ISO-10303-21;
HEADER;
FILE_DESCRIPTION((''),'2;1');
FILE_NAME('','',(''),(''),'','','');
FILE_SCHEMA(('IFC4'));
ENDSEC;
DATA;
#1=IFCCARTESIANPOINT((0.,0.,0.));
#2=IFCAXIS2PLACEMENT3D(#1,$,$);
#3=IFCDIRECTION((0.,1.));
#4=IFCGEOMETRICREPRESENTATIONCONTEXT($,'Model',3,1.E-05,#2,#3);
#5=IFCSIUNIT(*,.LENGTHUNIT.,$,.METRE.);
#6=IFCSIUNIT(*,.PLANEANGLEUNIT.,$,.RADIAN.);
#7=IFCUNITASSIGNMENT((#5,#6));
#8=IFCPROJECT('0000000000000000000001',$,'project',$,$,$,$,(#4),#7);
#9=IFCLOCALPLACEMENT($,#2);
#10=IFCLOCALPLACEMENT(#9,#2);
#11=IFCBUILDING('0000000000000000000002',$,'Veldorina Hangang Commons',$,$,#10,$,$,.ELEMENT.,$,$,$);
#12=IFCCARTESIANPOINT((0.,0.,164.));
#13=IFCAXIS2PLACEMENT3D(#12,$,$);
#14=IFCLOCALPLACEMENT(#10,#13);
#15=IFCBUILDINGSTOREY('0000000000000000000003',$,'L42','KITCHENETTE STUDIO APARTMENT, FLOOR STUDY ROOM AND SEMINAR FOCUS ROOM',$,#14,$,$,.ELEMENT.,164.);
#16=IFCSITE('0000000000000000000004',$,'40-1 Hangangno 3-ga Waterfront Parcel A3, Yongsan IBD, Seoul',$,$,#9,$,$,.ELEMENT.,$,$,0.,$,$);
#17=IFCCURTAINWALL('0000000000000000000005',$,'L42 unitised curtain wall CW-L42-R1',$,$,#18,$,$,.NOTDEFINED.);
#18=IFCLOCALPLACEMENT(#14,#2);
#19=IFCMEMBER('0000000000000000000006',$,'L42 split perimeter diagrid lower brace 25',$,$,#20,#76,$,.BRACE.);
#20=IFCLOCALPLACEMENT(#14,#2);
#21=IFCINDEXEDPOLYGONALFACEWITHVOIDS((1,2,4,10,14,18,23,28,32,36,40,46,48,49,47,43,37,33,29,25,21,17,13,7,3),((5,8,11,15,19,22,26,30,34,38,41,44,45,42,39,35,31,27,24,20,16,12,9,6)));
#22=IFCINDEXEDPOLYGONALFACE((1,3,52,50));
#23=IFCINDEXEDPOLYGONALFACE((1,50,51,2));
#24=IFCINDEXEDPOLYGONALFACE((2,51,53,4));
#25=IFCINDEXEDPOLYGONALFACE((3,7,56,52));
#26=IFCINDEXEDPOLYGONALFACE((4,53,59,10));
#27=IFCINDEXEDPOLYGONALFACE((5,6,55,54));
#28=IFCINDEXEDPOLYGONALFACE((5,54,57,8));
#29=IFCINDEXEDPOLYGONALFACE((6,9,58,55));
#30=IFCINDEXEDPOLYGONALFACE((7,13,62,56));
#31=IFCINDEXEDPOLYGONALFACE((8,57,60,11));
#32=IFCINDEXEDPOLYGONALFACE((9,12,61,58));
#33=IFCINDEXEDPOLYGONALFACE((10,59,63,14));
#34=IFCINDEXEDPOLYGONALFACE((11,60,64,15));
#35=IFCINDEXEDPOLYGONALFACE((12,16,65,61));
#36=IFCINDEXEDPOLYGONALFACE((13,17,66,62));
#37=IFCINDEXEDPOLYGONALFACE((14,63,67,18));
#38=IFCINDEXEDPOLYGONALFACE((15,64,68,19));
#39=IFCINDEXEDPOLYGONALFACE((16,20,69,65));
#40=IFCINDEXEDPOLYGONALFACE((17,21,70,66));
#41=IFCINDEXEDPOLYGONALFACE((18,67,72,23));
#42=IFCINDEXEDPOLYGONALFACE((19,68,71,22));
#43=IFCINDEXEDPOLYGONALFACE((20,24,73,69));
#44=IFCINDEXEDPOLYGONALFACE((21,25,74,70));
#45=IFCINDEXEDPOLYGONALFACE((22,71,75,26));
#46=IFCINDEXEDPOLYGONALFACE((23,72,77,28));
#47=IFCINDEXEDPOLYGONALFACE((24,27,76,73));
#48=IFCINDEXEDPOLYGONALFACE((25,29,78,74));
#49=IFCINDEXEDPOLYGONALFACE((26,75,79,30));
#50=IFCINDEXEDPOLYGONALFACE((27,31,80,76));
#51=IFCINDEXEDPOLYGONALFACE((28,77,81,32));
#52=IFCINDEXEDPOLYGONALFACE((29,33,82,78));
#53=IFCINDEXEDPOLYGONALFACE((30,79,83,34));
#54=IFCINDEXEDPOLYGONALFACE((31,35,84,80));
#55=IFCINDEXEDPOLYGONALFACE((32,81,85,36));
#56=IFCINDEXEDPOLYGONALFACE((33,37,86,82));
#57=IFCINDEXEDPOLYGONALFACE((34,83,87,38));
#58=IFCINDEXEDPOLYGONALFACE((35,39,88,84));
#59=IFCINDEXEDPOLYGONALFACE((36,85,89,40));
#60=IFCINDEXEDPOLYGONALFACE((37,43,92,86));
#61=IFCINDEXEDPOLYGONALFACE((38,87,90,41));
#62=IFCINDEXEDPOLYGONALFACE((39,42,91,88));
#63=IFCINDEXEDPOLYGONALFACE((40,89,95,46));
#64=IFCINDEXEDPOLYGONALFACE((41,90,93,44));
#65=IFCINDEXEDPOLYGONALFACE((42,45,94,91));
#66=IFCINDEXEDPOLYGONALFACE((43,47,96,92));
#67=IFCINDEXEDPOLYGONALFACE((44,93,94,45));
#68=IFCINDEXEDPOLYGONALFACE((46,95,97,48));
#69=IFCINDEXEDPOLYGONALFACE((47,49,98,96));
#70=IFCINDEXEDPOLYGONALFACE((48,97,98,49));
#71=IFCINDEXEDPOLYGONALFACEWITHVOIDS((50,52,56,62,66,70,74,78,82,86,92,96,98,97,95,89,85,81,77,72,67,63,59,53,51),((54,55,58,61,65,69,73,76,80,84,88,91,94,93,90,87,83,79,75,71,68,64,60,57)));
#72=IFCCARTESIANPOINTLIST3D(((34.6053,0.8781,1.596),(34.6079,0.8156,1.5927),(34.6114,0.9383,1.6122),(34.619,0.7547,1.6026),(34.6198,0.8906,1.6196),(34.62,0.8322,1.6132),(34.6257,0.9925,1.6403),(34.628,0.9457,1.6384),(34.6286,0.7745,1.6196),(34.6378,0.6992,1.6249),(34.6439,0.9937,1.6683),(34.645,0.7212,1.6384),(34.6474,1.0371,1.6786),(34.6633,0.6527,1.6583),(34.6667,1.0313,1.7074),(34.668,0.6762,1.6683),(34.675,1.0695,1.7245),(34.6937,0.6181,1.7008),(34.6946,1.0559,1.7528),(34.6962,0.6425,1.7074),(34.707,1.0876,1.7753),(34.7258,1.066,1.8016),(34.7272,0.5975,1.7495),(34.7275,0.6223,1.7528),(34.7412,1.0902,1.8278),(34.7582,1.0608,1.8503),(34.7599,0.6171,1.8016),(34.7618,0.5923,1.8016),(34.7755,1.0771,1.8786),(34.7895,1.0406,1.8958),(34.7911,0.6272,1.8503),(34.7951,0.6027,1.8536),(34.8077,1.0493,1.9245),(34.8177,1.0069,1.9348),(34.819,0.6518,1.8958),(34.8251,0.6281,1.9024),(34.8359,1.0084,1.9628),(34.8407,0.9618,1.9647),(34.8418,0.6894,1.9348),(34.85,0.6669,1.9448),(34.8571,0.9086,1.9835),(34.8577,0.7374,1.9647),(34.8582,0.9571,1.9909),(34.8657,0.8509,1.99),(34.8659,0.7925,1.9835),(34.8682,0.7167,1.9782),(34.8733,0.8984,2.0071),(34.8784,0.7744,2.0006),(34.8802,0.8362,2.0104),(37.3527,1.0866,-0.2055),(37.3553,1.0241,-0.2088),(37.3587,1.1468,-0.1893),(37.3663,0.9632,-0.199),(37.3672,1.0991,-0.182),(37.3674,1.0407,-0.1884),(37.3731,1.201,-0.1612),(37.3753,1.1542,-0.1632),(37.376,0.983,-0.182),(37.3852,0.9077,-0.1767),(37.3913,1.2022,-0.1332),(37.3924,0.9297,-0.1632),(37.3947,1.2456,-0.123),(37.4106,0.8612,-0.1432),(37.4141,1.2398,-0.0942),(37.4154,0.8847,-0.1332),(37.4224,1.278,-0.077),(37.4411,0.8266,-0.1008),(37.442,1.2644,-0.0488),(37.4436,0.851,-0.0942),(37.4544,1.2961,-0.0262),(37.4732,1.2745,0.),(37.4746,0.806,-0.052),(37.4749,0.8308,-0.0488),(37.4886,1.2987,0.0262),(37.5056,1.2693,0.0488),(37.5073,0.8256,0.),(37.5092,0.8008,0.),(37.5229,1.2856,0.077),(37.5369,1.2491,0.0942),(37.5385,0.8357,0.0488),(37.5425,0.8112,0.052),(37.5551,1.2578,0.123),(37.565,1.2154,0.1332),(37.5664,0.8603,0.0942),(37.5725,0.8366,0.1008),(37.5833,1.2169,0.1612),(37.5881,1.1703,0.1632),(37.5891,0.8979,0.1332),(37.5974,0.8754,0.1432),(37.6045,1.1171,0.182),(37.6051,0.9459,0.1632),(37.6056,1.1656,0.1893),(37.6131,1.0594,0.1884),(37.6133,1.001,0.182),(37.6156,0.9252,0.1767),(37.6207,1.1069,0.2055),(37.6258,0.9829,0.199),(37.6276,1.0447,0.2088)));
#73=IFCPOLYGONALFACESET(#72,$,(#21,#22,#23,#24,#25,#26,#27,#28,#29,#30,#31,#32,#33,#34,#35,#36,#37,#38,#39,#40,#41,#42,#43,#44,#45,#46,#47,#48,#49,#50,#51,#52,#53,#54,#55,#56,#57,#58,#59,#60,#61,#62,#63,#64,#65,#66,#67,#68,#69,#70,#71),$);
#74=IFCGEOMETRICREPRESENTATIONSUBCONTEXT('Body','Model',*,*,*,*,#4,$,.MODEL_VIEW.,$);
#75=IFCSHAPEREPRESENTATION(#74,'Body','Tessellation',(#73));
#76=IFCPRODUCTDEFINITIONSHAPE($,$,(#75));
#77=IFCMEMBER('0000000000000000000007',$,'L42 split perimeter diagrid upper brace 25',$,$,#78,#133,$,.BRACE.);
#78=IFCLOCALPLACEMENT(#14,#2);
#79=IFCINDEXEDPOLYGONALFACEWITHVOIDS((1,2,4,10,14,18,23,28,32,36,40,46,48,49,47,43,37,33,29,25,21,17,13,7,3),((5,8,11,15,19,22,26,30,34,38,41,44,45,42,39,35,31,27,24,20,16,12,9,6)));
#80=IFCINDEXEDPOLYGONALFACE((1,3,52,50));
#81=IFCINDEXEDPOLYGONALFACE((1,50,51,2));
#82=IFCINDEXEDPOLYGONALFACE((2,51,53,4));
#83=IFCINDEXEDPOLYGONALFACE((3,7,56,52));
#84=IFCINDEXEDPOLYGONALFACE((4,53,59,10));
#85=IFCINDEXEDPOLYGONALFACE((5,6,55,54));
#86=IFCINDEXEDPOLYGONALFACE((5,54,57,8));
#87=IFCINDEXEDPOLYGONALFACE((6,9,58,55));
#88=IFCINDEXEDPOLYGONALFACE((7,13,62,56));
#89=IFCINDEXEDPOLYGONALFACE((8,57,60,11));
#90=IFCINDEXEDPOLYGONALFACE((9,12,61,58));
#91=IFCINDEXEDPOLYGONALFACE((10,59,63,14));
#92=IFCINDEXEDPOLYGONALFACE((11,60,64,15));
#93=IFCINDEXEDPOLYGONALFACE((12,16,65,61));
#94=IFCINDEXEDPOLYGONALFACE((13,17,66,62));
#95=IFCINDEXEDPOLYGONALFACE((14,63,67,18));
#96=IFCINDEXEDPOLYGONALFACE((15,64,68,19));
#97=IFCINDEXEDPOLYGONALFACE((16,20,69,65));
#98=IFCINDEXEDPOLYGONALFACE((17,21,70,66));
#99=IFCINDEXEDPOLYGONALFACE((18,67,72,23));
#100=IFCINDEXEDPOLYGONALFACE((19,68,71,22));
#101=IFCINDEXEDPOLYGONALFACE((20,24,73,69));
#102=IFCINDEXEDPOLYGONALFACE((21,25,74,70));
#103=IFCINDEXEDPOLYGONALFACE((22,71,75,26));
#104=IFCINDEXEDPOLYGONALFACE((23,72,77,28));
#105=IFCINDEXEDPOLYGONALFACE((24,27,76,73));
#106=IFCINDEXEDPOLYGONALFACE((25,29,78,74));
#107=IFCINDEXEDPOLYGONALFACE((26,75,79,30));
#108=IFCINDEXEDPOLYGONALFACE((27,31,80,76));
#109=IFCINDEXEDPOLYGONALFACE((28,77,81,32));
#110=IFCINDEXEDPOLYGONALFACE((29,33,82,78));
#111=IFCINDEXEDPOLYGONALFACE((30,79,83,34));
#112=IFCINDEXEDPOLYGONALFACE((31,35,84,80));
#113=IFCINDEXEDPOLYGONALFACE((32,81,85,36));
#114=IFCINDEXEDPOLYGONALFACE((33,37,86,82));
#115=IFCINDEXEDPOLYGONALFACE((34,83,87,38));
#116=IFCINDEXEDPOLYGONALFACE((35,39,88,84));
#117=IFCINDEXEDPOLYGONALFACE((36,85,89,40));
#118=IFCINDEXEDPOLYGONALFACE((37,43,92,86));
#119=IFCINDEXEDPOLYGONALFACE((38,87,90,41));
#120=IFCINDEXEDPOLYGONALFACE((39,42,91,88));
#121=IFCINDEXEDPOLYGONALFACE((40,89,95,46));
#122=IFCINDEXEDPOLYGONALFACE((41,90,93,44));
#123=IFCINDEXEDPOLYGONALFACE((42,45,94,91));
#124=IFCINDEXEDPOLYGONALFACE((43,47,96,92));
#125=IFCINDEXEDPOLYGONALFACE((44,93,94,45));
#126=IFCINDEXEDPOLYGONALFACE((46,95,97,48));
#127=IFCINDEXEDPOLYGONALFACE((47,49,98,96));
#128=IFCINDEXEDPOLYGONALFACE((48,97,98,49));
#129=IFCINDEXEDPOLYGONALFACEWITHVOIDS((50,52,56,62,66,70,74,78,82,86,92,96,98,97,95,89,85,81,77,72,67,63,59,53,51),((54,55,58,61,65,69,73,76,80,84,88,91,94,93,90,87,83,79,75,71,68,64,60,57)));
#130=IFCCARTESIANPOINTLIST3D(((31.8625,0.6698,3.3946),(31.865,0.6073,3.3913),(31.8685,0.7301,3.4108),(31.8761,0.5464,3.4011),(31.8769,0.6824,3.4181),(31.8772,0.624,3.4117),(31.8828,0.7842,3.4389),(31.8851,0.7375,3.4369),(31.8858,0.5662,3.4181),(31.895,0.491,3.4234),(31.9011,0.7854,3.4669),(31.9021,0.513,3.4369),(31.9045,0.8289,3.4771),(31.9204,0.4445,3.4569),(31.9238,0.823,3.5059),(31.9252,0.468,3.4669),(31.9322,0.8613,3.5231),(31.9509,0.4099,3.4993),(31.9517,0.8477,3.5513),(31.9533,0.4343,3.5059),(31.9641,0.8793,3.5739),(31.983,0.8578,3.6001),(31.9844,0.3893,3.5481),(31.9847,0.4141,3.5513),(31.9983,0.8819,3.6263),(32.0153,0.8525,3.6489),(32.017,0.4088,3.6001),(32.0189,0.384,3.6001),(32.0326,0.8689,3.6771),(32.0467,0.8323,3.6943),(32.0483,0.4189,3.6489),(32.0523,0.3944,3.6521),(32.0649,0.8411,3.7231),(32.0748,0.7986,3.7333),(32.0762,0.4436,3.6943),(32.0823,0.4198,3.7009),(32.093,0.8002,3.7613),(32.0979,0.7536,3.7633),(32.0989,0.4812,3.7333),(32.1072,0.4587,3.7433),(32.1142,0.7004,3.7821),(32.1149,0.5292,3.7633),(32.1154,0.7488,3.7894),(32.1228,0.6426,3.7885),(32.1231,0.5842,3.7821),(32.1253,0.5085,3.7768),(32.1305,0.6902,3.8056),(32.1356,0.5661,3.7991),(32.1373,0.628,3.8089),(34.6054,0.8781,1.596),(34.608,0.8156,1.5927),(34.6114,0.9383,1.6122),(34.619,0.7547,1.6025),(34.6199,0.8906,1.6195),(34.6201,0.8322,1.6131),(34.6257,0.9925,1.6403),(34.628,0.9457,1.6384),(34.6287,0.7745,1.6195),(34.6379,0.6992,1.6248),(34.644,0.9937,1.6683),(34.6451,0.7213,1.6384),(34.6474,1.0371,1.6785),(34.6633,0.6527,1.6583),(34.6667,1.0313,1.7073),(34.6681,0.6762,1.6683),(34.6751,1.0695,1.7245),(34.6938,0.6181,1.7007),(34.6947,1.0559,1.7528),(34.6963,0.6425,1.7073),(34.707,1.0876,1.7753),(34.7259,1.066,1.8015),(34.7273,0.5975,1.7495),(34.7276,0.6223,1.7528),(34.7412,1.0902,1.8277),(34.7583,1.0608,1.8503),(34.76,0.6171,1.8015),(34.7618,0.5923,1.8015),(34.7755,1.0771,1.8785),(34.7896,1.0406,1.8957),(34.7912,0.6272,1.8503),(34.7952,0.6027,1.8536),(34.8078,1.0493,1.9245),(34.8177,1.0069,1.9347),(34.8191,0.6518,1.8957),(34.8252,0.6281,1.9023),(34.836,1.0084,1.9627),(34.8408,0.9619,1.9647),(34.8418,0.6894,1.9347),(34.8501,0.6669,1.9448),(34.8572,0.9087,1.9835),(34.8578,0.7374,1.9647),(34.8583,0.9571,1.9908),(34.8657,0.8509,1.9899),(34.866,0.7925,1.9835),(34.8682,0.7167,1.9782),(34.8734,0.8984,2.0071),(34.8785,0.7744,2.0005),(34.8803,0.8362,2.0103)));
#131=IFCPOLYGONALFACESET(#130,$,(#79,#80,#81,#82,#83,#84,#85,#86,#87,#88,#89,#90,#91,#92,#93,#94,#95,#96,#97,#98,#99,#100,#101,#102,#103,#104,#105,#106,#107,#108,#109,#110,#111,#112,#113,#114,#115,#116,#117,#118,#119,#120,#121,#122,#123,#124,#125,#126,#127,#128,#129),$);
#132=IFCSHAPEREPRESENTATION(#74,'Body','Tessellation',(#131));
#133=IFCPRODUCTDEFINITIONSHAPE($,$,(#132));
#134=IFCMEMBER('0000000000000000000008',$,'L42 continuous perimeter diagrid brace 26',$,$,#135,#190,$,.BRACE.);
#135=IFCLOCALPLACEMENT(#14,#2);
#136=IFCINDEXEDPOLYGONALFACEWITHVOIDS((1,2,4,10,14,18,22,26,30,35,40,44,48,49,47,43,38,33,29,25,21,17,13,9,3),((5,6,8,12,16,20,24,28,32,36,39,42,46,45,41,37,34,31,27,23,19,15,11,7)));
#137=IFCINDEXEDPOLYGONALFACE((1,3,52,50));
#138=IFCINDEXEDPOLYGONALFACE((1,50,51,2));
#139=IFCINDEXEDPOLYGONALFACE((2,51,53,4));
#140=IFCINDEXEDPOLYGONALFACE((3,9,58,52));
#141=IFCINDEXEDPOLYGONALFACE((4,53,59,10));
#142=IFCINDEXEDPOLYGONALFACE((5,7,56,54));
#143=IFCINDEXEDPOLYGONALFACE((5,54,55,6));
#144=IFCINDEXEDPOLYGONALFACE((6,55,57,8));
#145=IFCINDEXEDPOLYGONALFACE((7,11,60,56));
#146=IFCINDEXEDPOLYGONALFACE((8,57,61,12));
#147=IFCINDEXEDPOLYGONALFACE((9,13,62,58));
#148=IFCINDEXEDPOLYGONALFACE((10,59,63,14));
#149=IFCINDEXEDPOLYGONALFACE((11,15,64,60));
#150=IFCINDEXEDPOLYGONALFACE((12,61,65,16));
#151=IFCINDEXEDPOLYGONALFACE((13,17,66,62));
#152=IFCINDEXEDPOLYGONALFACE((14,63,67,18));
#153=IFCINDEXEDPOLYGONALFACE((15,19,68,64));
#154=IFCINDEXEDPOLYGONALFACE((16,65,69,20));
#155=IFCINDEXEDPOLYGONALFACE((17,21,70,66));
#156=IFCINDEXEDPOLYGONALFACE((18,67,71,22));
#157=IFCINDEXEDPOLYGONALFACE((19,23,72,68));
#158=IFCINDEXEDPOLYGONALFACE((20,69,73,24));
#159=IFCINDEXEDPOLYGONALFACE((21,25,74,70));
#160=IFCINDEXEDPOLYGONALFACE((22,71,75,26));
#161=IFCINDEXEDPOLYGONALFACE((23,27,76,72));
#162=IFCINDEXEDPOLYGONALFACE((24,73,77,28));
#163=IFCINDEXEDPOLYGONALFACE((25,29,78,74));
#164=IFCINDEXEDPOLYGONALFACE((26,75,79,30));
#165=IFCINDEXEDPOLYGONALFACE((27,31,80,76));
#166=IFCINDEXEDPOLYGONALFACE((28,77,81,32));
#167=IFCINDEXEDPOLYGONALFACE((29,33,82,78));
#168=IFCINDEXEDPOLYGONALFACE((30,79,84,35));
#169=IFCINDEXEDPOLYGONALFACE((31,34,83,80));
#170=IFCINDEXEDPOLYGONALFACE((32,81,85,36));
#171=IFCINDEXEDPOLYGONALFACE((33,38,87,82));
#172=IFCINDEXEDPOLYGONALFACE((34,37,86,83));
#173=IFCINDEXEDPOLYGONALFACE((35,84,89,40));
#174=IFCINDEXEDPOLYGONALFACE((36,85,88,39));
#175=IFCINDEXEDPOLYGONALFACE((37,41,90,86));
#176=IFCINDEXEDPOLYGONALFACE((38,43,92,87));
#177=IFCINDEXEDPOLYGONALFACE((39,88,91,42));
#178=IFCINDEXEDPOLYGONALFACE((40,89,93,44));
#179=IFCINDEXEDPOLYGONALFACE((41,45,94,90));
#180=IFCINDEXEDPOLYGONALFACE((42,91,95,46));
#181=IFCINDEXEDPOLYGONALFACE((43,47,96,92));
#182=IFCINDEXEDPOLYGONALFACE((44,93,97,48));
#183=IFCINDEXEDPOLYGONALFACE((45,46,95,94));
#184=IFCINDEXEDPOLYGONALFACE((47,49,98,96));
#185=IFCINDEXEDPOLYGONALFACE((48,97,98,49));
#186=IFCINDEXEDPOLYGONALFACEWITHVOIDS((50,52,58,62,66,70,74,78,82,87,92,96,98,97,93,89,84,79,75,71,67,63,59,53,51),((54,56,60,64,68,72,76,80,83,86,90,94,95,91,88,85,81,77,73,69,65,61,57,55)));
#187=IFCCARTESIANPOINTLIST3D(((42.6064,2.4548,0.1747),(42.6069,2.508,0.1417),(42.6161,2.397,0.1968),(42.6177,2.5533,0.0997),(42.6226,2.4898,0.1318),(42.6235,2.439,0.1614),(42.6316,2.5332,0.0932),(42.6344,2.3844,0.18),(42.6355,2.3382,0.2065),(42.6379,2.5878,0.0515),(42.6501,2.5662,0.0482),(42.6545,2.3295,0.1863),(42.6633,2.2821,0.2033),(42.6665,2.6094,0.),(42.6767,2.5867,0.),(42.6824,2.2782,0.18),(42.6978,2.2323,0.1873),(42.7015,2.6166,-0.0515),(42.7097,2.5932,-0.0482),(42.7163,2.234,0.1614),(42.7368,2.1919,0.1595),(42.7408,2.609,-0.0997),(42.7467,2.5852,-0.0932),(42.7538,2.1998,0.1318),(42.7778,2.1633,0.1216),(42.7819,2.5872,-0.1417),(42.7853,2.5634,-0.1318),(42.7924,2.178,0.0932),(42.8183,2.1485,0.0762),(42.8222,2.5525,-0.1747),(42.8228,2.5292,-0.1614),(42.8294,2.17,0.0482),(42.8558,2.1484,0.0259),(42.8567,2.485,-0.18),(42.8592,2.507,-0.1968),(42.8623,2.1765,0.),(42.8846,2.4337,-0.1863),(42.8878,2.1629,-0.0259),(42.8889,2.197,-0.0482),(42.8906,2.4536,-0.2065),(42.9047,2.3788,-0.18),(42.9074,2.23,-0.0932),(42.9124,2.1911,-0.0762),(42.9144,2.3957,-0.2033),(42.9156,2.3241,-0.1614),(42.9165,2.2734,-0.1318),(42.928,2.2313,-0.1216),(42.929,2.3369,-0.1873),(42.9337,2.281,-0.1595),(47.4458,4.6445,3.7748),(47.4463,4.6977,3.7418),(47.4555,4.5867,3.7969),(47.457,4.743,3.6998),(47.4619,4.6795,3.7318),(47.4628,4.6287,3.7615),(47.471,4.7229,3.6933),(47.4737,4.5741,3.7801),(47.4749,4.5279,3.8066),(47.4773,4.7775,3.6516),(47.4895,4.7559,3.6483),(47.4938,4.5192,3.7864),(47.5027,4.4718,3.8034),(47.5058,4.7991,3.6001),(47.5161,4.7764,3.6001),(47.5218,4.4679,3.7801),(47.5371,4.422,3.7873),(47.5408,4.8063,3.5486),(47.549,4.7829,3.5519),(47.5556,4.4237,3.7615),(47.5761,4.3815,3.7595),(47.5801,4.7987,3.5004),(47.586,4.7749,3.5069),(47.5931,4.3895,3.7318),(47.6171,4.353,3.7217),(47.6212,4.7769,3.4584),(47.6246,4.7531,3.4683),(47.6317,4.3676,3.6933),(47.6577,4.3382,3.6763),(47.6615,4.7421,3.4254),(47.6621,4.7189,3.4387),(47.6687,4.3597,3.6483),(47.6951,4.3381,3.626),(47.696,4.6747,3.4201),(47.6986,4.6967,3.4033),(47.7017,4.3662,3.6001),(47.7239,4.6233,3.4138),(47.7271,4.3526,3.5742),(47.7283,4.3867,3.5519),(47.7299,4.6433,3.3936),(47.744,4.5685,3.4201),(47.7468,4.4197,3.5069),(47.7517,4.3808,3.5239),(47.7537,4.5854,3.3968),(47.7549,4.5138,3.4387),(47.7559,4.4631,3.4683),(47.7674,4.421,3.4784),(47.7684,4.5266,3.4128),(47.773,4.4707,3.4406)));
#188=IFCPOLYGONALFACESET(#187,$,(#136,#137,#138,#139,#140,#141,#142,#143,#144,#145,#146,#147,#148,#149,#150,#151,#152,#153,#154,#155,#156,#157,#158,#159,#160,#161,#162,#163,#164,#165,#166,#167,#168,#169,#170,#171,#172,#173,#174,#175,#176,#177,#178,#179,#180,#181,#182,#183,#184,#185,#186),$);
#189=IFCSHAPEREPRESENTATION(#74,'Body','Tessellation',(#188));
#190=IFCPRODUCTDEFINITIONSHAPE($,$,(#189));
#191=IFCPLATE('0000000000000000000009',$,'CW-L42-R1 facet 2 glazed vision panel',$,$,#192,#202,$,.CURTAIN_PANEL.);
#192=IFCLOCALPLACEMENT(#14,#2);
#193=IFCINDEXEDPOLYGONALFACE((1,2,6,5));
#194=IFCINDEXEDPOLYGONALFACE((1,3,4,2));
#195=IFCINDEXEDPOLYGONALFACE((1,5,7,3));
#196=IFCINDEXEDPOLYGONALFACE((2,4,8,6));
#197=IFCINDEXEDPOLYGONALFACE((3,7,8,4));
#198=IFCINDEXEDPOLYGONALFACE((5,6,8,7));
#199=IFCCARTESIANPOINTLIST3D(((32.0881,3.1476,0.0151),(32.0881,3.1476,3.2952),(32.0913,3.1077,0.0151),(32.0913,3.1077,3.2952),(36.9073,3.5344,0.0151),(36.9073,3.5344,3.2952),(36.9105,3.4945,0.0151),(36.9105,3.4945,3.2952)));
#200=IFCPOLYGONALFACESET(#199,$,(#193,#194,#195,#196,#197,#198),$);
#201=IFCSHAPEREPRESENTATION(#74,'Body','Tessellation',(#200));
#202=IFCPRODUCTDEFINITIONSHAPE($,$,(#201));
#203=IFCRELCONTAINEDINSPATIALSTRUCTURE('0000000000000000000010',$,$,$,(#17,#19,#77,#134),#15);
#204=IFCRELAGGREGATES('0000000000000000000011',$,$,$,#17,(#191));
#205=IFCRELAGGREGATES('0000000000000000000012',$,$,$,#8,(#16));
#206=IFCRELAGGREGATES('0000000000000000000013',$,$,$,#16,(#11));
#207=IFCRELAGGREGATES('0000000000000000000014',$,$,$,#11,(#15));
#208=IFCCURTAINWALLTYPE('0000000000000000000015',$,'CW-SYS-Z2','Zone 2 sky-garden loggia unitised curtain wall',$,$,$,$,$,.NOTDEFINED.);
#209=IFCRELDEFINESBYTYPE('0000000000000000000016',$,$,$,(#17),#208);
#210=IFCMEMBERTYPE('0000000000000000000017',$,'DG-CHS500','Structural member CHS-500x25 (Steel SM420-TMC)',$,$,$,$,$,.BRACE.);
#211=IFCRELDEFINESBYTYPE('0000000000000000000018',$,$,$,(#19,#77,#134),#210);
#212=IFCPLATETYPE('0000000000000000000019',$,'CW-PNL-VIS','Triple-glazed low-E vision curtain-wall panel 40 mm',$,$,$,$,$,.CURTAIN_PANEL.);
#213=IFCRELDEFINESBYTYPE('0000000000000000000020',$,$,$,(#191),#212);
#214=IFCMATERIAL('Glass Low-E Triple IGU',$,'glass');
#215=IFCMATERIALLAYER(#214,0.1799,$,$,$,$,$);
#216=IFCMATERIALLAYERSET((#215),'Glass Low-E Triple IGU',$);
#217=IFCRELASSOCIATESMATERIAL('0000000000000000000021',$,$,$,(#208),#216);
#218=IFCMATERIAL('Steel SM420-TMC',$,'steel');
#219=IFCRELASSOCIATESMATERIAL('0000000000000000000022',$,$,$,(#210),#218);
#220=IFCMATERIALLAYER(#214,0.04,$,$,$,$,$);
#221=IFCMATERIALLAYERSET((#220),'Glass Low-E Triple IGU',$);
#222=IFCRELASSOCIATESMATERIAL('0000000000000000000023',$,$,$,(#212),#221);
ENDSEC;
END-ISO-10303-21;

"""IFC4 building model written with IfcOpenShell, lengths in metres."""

from ifc_helpers import new_model, si_unit, direction, frame, origin, origin_2d, place, context, subcontext, project, spatial, rectangle, hollow_circle, extrude, material, layer, layer_set, material_profile, profile_set, type_object, element, aggregate, save


model = new_model("IFC4")

# Units and contexts
model_context = context("Model", 3, precision=1e-05, world=origin(), true_north=direction((0.0, 1.0)))
body_context = subcontext(model_context, "Body", "Model", "MODEL_VIEW")
ifc_project = project(units=[si_unit("LENGTHUNIT", "METRE"), si_unit("PLANEANGLEUNIT", "RADIAN")], contexts=[model_context])

# Site, building, storey
site_placement = place(None, origin())
site = spatial("IfcSite", under=ifc_project, at=site_placement, Name="40-1 Hangangno 3-ga Waterfront Parcel A3, Yongsan IBD, Seoul", CompositionType="ELEMENT", RefElevation=0.0)
building_placement = place(site_placement, origin())
building = spatial("IfcBuilding", under=site, at=building_placement, Name="Veldorina Hangang Commons", CompositionType="ELEMENT")
storey_placement = place(building_placement, frame((0.0, 0.0, 164.0)))
storey = spatial("IfcBuildingStorey", under=building, at=storey_placement, Name="L42", Description="KITCHENETTE STUDIO APARTMENT, FLOOR STUDY ROOM AND SEMINAR FOCUS ROOM", CompositionType="ELEMENT", Elevation=164.0)

# Shared definitions
ifc_material_1 = material(Name="Steel SM420-TMC", Category="steel")

# Curtain wall
ifc_material_2 = material(Name="Glass Low-E Triple IGU", Category="glass")
ifc_layer_1 = layer(ifc_material_2, 0.1799)
ifc_layer_set_1 = layer_set([ifc_layer_1], Name="Glass Low-E Triple IGU")
curtain_wall_type = type_object("IfcCurtainWallType", Name="CW-SYS-Z2", Description="Zone 2 sky-garden loggia unitised curtain wall", PredefinedType="NOTDEFINED", material=ifc_layer_set_1)
curtain_wall_placement = place(storey_placement, origin())
curtain_wall = element("IfcCurtainWall", 1, at=curtain_wall_placement, inside=storey, type_object=curtain_wall_type, Name="L42 unitised curtain wall CW-L42-R1", PredefinedType="NOTDEFINED")

# Members
ifc_material_profile_1 = material_profile(ifc_material_1, hollow_circle(Radius=0.25, WallThickness=0.0249, at=origin_2d()), Name="CHS-500x25")
ifc_profile_set_1 = profile_set([ifc_material_profile_1], Name="Steel SM420-TMC")
member_type_1 = type_object("IfcMemberType", Name="DG-CHS500", Description="Structural member CHS-500x25 (Steel SM420-TMC)", PredefinedType="BRACE", material=ifc_profile_set_1)
member_1_placement = place(storey_placement, frame((37.4902, 1.05, 0.0), z_axis=(-0.834566, -0.063336, 0.547255), x_axis=(0.075673, -0.997133, 0.0)))
element("IfcMember", 2, at=member_1_placement, inside=storey, type_object=member_type_1, Name="L42 split perimeter diagrid lower brace 25", PredefinedType="BRACE", context=body_context, shape_type="SweptSolid", body=[
    extrude(hollow_circle(Radius=0.25, WallThickness=0.0249, at=origin_2d()), origin(), (0.0, 0.0, 1.0), 3.292),
])
member_2_placement = place(storey_placement, frame((34.7429, 0.8416, 1.8015), z_axis=(-0.834571, -0.063364, 0.547244), x_axis=(0.075706, -0.99713, 0.0)))
element("IfcMember", 3, at=member_2_placement, inside=storey, type_object=member_type_1, Name="L42 split perimeter diagrid upper brace 25", PredefinedType="BRACE", context=body_context, shape_type="SweptSolid", body=[
    extrude(hollow_circle(Radius=0.25, WallThickness=0.0249, at=origin_2d()), origin(), (0.0, 0.0, 1.0), 3.2866),
])
member_3_placement = place(storey_placement, frame((42.7695, 2.3816, 0.0), z_axis=(0.754174, 0.341246, 0.561046), x_axis=(-0.412241, 0.911075, 0.0)))
element("IfcMember", 4, at=member_3_placement, inside=storey, type_object=member_type_1, Name="L42 continuous perimeter diagrid brace 26", PredefinedType="BRACE", context=body_context, shape_type="SweptSolid", body=[
    extrude(hollow_circle(Radius=0.25, WallThickness=0.0249, at=origin_2d()), origin(), (0.0, 0.0, 1.0), 6.4167),
])

# Plate
ifc_layer_2 = layer(ifc_material_2, 0.04)
ifc_layer_set_2 = layer_set([ifc_layer_2], Name="Glass Low-E Triple IGU")
plate_type_1 = type_object("IfcPlateType", Name="CW-PNL-VIS", Description="Triple-glazed low-E vision curtain-wall panel 40 mm", PredefinedType="CURTAIN_PANEL", material=ifc_layer_set_2)
plate_1_placement = place(storey_placement, frame((34.4993, 3.321, 0.0151), z_axis=(0.0, 0.0, 1.0), x_axis=(0.996794, 0.080008, 0.0)))
plate_1 = element("IfcPlate", 5, at=plate_1_placement, type_object=plate_type_1, Name="CW-L42-R1 facet 2 glazed vision panel", PredefinedType="CURTAIN_PANEL", context=body_context, shape_type="SweptSolid", body=[
    extrude(rectangle(XDim=4.8347, YDim=0.04, at=origin_2d()), origin(), (0.0, 0.0, 1.0), 3.28),
])
aggregate(curtain_wall, [plate_1])

save(model, "model.ifc")
